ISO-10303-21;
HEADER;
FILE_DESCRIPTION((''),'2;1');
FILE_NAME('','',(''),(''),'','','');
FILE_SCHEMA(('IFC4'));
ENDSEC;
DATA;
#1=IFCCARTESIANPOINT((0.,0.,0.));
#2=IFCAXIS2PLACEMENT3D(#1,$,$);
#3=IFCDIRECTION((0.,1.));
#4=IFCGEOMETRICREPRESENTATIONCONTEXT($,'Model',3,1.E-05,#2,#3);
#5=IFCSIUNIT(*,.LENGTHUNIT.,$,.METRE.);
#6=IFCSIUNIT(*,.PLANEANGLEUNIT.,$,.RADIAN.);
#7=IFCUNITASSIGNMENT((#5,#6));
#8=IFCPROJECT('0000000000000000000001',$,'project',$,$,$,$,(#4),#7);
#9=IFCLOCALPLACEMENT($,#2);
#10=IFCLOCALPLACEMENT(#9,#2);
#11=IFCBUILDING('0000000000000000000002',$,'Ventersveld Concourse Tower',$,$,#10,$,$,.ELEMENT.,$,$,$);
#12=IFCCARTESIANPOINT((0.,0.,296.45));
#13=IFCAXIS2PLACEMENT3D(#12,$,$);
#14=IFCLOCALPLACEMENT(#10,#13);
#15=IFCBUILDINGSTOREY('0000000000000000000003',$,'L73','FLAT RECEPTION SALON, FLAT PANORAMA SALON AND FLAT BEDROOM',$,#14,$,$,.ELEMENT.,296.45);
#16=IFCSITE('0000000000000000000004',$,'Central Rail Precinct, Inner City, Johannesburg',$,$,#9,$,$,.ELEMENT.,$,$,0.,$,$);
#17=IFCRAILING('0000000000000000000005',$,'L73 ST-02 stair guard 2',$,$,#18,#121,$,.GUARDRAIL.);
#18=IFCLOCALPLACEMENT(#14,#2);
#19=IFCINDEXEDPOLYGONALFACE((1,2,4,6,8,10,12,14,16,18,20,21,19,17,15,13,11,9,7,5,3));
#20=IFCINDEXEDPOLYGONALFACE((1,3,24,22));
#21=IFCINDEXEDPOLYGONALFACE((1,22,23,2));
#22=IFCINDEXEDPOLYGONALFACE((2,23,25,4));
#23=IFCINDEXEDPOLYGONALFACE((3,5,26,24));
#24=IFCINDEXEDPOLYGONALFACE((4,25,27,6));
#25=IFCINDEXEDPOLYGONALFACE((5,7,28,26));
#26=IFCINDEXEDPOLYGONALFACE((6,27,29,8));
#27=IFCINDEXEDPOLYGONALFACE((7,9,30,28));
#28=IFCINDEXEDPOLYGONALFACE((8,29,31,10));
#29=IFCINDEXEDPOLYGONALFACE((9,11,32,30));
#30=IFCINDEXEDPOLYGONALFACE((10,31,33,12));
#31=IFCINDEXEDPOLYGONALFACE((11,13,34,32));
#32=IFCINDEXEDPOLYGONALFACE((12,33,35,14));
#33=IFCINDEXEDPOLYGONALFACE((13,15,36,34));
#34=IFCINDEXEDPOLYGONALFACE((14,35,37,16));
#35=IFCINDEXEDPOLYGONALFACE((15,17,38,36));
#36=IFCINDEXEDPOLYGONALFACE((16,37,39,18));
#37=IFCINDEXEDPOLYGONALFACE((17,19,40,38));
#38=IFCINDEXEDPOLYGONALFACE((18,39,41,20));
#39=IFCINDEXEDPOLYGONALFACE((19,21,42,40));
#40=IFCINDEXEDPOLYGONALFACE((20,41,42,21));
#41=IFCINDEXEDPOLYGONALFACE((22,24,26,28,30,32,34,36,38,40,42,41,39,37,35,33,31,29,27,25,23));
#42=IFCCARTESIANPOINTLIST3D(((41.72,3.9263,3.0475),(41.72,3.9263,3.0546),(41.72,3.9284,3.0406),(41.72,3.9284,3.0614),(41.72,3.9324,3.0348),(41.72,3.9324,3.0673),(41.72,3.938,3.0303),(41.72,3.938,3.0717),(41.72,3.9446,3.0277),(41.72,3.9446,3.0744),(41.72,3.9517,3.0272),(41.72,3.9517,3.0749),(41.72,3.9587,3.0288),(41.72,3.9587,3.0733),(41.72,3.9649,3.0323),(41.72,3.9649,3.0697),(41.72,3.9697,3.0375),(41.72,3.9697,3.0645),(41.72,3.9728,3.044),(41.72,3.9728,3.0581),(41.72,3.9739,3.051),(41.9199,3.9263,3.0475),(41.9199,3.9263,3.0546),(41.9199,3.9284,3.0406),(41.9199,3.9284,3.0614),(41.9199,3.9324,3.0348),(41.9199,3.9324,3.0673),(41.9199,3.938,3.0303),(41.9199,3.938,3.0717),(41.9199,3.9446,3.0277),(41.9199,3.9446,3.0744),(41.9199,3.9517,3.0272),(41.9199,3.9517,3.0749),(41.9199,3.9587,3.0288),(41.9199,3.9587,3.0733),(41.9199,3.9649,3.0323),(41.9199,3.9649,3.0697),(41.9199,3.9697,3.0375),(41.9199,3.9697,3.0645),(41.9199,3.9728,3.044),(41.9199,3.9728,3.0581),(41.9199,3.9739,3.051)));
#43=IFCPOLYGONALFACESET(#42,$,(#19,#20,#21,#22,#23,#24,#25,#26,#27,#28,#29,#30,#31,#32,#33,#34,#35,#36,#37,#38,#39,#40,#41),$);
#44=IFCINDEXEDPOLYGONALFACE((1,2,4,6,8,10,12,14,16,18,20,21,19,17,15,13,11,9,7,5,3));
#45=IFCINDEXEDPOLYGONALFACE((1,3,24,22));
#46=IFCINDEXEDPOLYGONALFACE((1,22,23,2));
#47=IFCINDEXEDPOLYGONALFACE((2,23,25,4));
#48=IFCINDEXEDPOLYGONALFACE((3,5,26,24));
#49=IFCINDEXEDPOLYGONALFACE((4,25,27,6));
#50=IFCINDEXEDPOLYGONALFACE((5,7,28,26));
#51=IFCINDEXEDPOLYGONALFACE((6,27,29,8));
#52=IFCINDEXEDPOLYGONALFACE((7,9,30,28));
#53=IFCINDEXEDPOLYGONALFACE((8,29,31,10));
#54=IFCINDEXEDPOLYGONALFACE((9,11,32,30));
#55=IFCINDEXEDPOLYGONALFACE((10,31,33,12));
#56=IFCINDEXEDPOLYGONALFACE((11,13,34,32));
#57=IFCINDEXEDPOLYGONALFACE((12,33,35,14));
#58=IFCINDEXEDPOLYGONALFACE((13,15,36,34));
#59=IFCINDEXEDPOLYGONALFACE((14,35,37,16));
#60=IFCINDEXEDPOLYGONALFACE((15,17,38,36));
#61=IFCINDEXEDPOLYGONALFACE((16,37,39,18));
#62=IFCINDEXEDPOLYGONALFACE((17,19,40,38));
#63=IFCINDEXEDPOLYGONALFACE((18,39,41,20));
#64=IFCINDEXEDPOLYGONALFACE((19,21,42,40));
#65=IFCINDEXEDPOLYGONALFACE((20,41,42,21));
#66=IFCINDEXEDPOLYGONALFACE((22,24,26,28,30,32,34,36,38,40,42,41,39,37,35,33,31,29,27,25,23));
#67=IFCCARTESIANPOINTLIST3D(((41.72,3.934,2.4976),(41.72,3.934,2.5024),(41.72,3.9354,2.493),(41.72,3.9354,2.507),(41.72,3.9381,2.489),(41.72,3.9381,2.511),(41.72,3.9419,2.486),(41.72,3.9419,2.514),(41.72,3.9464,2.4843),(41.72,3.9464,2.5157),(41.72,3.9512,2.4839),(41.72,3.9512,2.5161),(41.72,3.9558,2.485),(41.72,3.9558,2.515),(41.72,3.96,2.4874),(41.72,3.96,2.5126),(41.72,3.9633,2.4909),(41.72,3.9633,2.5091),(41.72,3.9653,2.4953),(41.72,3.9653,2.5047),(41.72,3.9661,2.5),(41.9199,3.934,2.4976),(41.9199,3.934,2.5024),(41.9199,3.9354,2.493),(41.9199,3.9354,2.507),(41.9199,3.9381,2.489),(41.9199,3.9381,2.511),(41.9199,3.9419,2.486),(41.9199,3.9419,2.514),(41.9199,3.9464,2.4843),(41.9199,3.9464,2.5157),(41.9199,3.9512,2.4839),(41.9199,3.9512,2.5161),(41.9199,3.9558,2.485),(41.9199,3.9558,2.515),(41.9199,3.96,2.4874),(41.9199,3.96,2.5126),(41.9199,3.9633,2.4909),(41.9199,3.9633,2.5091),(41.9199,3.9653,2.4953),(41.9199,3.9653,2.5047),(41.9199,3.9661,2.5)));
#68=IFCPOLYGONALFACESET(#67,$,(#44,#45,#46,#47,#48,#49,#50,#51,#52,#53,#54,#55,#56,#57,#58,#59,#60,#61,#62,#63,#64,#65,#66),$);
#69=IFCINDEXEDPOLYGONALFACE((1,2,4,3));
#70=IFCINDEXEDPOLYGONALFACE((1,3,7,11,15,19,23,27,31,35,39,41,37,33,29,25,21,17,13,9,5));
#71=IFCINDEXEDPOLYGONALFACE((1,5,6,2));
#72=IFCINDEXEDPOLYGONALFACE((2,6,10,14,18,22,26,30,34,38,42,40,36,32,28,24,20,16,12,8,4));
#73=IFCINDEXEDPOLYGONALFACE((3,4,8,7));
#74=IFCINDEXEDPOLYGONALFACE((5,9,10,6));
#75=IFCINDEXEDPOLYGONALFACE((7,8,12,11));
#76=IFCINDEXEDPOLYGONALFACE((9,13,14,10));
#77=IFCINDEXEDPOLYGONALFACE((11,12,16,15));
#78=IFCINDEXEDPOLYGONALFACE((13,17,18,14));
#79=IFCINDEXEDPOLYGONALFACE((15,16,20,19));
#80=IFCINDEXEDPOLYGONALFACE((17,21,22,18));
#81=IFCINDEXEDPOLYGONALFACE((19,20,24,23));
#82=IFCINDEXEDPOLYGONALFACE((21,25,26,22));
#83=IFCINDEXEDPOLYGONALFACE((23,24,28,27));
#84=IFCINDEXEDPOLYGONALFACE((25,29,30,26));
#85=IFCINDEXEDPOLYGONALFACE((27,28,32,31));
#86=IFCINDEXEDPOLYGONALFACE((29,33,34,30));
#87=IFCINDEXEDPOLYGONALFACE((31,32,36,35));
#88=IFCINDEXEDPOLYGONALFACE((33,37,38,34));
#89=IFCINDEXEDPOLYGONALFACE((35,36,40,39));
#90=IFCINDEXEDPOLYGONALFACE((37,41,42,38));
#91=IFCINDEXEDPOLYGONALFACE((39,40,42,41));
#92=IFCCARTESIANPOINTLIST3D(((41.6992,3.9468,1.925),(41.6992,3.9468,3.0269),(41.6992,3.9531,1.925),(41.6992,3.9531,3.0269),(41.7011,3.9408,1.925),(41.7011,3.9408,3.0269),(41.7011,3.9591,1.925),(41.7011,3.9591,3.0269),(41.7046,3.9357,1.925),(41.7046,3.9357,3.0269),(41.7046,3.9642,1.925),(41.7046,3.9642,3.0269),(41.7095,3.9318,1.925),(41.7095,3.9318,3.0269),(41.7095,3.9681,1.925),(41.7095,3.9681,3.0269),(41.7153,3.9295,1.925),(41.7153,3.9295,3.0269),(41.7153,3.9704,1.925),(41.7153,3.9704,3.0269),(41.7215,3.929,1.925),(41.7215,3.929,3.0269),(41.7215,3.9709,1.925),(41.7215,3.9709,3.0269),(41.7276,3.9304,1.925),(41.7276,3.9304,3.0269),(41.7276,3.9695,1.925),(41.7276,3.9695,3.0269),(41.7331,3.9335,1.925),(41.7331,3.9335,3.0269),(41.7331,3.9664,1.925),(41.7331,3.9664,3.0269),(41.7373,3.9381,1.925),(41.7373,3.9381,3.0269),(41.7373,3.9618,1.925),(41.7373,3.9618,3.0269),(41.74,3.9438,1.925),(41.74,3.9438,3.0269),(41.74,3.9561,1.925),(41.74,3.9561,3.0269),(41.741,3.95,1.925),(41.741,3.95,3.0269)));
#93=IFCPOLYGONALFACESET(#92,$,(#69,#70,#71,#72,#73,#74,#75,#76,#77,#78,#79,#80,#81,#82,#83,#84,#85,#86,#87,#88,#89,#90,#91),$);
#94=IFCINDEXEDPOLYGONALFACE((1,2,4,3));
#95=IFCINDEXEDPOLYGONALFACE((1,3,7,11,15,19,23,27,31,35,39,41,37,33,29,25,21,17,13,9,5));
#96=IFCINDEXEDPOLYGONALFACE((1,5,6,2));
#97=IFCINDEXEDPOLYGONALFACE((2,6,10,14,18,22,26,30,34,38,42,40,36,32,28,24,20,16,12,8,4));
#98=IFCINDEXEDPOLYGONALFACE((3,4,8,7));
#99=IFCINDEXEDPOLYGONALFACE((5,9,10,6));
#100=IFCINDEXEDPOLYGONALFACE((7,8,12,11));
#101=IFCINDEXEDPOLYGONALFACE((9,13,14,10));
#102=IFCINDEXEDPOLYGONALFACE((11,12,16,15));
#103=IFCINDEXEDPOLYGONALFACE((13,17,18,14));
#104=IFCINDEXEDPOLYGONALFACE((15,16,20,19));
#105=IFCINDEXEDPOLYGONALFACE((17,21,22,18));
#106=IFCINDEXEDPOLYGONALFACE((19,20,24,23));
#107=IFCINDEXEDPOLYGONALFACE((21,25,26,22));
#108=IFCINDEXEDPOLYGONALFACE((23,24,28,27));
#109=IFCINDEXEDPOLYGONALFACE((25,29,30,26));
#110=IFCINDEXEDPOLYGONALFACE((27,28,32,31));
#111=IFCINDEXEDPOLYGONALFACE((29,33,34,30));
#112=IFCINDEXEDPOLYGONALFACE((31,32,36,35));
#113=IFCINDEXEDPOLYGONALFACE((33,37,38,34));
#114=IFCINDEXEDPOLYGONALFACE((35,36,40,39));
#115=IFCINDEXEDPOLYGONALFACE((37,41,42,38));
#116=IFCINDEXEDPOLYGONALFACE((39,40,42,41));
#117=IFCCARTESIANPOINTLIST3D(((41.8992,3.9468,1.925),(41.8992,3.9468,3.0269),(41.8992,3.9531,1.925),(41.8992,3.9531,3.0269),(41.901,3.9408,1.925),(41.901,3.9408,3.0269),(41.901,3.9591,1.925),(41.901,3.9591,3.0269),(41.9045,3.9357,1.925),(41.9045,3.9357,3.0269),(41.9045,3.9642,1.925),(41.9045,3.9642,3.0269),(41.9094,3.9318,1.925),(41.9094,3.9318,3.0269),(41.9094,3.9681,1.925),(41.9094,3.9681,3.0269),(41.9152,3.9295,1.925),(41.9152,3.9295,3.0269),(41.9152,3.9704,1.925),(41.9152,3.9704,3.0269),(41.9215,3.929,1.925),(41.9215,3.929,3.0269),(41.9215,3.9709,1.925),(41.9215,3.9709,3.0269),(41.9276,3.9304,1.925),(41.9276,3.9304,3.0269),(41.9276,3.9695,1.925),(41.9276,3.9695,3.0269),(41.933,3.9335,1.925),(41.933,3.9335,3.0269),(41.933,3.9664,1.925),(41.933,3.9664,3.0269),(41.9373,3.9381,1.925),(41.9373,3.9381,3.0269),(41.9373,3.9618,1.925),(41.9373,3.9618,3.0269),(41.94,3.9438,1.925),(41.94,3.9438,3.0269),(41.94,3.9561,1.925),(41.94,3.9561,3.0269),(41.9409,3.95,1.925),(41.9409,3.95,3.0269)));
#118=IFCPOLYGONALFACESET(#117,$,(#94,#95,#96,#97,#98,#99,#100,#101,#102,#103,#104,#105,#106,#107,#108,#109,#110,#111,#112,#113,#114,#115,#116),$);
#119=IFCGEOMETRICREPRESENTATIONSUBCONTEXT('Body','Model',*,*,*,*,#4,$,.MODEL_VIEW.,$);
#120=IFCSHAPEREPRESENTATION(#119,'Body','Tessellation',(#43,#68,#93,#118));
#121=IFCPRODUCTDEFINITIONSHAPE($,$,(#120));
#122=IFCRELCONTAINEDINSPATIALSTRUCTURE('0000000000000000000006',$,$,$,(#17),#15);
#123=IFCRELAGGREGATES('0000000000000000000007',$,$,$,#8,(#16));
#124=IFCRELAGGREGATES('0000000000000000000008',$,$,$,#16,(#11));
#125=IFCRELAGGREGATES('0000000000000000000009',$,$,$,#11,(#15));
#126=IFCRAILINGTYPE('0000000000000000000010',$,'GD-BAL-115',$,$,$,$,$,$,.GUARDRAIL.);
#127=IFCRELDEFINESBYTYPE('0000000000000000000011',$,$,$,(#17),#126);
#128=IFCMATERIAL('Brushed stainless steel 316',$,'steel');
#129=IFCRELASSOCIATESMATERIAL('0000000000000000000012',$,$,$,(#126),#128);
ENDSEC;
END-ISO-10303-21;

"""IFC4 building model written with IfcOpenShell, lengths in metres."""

from ifc_helpers import new_model, si_unit, direction, frame, origin, origin_2d, place, context, subcontext, project, spatial, circle, extrude, material, type_object, element, save


model = new_model("IFC4")

# Units and contexts
model_context = context("Model", 3, precision=1e-05, world=origin(), true_north=direction((0.0, 1.0)))
body_context = subcontext(model_context, "Body", "Model", "MODEL_VIEW")
ifc_project = project(units=[si_unit("LENGTHUNIT", "METRE"), si_unit("PLANEANGLEUNIT", "RADIAN")], contexts=[model_context])

# Site, building, storey
site_placement = place(None, origin())
site = spatial("IfcSite", under=ifc_project, at=site_placement, Name="Central Rail Precinct, Inner City, Johannesburg", CompositionType="ELEMENT", RefElevation=0.0)
building_placement = place(site_placement, origin())
building = spatial("IfcBuilding", under=site, at=building_placement, Name="Ventersveld Concourse Tower", CompositionType="ELEMENT")
storey_placement = place(building_placement, frame((0.0, 0.0, 296.45)))
storey = spatial("IfcBuildingStorey", under=building, at=storey_placement, Name="L73", Description="FLAT RECEPTION SALON, FLAT PANORAMA SALON AND FLAT BEDROOM", CompositionType="ELEMENT", Elevation=296.45)

# Shared definitions
ifc_material_1 = material(Name="Brushed stainless steel 316", Category="steel")

# Railing
railing_type_1 = type_object("IfcRailingType", Name="GD-BAL-115", PredefinedType="GUARDRAIL", material=ifc_material_1)
railing_1_placement = place(storey_placement, frame((41.72, 3.95, 1.925)))
element("IfcRailing", 1, at=railing_1_placement, inside=storey, type_object=railing_type_1, Name="L73 ST-02 stair guard 2", PredefinedType="GUARDRAIL", context=body_context, shape_type="SweptSolid", body=[
    extrude(circle(Radius=0.0239, at=origin_2d()), frame((0.0, 0.0, 1.126), z_axis=(1.0, 0.0, 0.0), x_axis=(0.0, 1.0, 0.0)), (0.0, 0.0, 1.0), 0.2),
    extrude(circle(Radius=0.0161, at=origin_2d()), frame((0.0, 0.0, 0.575), z_axis=(1.0, 0.0, 0.0), x_axis=(0.0, 1.0, 0.0)), (0.0, 0.0, 1.0), 0.2),
    extrude(circle(Radius=0.021, at=origin_2d()), origin(), (0.0, 0.0, 1.0), 1.1018),
    extrude(circle(Radius=0.021, at=origin_2d()), frame((0.2, 0.0, 0.0)), (0.0, 0.0, 1.0), 1.1018),
])

save(model, "model.ifc")
